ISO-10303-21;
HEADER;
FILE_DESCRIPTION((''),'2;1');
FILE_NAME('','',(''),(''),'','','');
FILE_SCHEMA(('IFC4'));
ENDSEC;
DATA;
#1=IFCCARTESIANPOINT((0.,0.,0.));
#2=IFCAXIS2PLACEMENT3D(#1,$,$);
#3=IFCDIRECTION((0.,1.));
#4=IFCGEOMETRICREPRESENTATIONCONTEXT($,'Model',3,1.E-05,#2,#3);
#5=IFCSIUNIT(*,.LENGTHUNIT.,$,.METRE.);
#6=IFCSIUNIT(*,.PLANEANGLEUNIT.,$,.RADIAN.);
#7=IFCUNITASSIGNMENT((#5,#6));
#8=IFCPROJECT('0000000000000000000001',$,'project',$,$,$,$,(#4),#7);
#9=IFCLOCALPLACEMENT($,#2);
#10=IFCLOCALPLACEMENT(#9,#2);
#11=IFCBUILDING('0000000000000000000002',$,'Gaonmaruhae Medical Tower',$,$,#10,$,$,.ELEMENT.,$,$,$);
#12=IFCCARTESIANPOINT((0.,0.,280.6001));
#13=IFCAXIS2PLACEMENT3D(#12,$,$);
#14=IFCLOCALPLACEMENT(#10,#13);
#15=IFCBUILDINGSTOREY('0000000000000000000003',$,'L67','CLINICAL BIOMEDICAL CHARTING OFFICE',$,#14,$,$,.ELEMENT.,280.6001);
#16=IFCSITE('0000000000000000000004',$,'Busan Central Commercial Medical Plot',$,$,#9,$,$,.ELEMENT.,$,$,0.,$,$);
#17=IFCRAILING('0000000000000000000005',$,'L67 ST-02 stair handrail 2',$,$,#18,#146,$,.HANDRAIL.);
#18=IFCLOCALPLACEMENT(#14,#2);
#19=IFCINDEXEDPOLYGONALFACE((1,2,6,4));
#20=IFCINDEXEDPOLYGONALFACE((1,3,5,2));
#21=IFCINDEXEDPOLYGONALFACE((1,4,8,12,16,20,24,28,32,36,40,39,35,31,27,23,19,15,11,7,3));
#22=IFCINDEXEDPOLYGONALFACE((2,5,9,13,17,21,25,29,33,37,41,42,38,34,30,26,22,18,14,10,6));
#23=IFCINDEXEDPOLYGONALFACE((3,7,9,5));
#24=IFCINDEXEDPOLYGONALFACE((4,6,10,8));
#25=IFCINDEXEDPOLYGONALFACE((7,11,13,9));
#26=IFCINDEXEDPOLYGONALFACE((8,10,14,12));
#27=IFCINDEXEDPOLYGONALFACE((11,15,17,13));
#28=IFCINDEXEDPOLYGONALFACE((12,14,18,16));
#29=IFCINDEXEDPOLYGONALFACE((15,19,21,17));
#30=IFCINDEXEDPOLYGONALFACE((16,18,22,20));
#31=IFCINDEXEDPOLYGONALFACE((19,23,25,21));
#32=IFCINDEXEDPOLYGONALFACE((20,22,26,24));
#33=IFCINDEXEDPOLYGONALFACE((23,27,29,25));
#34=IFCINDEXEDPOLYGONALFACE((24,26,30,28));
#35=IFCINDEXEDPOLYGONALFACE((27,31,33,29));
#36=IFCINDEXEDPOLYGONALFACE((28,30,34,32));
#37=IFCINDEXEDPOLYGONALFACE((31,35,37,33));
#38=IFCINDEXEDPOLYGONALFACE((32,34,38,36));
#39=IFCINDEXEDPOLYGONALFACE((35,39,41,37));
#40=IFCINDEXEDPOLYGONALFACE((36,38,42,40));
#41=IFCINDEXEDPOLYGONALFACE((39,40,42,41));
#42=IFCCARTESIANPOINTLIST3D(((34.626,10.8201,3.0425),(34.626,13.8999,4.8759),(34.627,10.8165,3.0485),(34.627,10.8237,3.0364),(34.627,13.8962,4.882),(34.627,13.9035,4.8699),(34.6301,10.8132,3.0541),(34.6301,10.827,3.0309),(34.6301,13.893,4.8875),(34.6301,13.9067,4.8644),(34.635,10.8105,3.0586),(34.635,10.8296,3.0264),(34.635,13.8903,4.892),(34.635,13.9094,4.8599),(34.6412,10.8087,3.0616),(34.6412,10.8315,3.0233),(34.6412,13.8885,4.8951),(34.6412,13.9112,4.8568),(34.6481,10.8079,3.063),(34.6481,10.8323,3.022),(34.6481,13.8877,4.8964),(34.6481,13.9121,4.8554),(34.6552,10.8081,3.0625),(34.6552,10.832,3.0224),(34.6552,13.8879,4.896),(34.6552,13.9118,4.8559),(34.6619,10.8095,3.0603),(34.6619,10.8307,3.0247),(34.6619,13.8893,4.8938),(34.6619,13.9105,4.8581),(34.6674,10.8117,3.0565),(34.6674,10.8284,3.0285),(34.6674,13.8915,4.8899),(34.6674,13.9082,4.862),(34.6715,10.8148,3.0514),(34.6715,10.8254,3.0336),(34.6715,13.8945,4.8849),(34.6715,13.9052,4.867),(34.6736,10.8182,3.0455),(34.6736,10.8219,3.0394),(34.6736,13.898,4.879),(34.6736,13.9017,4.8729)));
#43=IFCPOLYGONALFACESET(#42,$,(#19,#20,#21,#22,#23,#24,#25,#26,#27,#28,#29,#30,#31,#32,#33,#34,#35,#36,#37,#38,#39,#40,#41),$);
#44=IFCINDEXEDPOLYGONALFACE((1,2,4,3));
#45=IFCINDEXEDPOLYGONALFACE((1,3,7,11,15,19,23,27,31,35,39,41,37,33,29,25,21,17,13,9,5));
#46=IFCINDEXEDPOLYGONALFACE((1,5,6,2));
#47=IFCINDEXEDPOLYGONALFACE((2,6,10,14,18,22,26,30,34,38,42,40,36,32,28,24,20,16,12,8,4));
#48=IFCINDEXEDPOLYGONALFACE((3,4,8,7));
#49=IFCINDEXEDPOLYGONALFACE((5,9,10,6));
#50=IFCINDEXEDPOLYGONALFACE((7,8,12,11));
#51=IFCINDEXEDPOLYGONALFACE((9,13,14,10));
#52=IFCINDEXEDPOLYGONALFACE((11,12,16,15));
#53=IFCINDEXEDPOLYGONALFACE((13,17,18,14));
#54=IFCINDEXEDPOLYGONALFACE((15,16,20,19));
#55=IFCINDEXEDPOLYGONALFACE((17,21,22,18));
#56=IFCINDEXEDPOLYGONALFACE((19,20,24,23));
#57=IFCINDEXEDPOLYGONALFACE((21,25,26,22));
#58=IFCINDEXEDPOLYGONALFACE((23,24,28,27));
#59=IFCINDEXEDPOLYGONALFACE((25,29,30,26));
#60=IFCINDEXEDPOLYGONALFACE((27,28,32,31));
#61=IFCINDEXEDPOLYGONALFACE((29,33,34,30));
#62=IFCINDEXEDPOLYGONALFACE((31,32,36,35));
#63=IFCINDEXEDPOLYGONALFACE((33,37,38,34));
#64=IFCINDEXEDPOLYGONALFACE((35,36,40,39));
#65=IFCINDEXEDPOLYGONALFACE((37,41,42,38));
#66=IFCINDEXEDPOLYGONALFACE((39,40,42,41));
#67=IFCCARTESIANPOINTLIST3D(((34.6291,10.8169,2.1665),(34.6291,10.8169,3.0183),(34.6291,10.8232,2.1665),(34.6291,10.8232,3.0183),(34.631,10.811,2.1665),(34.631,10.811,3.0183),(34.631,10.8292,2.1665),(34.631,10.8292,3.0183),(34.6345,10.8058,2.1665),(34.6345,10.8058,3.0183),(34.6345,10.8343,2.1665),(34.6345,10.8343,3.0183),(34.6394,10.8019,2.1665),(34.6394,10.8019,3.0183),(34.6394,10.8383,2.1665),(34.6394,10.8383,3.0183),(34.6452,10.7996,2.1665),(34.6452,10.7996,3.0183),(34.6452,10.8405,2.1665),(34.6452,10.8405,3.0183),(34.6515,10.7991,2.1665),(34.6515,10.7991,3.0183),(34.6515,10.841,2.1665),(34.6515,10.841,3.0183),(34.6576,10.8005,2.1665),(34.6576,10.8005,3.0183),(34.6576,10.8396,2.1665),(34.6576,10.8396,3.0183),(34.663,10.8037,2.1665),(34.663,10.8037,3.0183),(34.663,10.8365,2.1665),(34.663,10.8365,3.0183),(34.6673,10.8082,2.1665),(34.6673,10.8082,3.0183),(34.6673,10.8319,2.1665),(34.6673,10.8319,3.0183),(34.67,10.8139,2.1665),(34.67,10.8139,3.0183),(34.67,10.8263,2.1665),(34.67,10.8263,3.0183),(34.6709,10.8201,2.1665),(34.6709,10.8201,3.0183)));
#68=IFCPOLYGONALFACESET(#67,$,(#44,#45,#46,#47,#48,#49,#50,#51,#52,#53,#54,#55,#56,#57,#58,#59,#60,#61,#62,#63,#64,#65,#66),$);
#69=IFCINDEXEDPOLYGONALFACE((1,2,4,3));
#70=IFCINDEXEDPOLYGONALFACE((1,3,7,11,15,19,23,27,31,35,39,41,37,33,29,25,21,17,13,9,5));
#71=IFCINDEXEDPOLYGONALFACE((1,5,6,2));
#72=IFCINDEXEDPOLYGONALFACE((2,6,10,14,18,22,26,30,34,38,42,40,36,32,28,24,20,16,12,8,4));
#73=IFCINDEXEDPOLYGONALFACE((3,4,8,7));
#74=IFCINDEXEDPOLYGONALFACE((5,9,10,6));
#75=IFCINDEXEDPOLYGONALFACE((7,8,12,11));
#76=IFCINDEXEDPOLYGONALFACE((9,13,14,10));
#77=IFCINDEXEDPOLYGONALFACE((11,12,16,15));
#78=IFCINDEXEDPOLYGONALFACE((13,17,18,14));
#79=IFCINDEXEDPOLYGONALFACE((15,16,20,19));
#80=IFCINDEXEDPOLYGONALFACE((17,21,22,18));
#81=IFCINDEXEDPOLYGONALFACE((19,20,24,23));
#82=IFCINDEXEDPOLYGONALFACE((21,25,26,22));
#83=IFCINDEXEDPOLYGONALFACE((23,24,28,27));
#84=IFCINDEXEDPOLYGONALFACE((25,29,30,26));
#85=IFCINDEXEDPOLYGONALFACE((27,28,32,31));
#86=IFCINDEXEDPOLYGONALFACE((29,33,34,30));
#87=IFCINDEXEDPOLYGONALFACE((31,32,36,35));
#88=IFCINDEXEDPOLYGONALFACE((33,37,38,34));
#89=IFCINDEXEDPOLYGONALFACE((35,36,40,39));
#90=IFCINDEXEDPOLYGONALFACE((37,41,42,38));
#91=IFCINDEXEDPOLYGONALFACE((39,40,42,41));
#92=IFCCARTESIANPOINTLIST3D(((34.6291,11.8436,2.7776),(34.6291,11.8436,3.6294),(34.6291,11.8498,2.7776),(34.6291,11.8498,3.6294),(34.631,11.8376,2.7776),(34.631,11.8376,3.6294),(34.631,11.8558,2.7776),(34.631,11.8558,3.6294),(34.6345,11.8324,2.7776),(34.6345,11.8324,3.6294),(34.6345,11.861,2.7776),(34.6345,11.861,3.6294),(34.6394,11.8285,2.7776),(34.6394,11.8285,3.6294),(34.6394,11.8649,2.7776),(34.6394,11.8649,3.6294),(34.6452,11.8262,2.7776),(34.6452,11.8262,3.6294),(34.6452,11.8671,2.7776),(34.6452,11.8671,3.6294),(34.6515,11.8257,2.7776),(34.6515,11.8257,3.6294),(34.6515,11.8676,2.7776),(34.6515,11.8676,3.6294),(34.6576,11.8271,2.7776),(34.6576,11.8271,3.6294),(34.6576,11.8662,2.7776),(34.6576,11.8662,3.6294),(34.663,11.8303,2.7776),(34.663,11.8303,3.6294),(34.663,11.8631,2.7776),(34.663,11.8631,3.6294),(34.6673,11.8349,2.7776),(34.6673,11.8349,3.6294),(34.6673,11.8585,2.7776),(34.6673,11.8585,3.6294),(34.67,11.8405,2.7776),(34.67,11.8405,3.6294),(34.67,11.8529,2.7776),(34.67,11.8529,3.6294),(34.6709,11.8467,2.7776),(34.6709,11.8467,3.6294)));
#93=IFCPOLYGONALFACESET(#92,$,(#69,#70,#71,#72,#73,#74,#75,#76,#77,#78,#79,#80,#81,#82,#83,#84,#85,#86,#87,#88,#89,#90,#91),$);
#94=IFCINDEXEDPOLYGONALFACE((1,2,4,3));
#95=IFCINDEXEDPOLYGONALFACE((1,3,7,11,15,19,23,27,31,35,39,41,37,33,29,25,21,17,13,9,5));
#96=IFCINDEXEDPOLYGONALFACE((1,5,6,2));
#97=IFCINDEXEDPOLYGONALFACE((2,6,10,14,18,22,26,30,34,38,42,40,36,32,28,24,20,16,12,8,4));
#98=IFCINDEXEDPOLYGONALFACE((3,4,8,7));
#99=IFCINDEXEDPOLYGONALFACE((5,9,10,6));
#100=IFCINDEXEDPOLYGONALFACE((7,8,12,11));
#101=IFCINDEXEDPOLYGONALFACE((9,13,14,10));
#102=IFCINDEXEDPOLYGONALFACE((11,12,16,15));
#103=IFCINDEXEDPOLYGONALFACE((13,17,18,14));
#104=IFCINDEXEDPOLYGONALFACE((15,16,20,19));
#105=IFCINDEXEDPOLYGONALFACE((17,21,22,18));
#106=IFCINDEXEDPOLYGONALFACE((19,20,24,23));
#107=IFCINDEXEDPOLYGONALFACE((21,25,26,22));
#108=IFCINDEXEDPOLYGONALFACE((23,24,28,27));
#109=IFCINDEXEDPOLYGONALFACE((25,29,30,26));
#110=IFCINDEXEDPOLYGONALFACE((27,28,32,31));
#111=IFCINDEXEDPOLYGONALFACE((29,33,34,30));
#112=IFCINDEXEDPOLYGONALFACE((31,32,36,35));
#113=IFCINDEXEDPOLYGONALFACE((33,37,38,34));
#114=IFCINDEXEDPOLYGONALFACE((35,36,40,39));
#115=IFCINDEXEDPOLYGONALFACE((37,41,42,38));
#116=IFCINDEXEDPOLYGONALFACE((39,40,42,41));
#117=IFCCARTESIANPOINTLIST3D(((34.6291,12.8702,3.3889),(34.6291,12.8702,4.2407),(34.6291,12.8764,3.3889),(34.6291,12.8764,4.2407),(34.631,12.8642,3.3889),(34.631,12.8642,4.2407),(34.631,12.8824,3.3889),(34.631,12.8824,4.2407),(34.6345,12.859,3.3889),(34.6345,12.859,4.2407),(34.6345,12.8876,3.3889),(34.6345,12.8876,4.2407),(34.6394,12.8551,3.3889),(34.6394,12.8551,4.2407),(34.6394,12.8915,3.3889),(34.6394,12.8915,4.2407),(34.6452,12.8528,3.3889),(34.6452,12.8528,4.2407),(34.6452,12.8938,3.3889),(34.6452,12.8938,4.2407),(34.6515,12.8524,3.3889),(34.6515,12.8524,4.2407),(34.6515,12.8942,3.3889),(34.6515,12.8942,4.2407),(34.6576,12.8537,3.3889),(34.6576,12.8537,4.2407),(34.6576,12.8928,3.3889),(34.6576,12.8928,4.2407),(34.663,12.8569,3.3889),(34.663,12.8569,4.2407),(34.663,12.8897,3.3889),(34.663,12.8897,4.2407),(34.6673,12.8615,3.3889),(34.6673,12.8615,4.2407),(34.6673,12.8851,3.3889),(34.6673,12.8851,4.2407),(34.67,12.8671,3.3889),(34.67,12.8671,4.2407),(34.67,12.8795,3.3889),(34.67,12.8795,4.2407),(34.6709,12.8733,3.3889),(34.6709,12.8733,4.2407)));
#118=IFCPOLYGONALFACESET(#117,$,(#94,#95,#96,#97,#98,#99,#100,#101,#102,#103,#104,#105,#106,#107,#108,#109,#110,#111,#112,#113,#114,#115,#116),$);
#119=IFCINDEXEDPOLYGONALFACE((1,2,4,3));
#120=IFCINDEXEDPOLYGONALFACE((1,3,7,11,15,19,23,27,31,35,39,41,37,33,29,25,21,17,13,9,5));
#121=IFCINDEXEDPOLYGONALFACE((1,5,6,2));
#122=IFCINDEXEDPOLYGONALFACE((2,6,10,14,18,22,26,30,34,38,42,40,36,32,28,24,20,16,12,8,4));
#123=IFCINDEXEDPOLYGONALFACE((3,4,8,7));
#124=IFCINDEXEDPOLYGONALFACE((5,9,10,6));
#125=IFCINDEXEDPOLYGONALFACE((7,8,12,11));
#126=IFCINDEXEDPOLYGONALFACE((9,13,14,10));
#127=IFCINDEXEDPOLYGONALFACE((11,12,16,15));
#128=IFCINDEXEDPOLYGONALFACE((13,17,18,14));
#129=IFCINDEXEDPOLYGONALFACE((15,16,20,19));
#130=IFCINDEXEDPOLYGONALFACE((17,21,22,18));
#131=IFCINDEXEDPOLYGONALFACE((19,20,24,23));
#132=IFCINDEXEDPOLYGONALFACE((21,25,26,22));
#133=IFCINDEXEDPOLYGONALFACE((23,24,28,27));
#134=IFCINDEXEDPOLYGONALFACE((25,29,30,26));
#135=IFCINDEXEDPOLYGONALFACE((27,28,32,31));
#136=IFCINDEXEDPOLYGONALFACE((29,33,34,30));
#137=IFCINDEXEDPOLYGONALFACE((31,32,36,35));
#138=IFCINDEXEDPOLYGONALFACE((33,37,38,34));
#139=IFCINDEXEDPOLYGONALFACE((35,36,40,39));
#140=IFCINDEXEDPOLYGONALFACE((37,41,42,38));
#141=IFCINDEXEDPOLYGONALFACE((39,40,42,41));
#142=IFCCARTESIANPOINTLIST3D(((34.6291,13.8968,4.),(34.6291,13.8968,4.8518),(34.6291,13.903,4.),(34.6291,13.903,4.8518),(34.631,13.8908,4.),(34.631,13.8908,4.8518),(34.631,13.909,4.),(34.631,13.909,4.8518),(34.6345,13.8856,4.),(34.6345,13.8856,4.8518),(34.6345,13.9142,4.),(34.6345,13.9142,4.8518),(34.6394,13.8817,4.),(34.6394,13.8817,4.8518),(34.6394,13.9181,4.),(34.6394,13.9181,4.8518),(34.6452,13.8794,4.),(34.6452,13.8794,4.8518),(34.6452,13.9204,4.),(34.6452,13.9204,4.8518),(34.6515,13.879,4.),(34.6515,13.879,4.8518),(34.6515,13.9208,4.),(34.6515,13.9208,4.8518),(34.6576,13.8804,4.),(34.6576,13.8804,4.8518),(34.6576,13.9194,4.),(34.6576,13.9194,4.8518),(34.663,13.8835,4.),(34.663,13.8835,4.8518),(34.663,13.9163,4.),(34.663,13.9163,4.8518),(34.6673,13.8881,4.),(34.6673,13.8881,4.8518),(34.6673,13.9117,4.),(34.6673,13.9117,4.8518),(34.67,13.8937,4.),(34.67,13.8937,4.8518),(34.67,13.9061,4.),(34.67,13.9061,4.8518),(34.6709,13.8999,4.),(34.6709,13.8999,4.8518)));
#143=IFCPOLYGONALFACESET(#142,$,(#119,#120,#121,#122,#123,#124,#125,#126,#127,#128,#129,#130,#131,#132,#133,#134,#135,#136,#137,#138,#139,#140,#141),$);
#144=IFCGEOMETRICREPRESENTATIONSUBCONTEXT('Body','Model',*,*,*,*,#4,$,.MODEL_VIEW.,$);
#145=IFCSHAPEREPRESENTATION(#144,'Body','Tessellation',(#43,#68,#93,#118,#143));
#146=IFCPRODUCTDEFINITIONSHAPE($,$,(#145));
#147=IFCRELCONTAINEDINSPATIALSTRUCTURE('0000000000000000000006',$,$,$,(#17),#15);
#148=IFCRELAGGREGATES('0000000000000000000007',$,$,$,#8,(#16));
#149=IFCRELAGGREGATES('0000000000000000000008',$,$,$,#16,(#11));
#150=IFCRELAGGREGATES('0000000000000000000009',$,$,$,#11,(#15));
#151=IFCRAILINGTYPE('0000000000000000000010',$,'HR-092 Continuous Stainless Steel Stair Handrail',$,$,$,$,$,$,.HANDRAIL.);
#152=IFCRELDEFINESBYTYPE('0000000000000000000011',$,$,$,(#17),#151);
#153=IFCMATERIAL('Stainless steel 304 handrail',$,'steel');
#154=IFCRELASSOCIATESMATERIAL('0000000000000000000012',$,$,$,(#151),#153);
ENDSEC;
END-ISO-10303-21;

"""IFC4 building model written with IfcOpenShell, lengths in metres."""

from ifc_helpers import new_model, si_unit, direction, frame, origin, origin_2d, place, context, subcontext, project, spatial, circle, extrude, material, type_object, element, save


model = new_model("IFC4")

# Units and contexts
model_context = context("Model", 3, precision=1e-05, world=origin(), true_north=direction((0.0, 1.0)))
body_context = subcontext(model_context, "Body", "Model", "MODEL_VIEW")
ifc_project = project(units=[si_unit("LENGTHUNIT", "METRE"), si_unit("PLANEANGLEUNIT", "RADIAN")], contexts=[model_context])

# Site, building, storey
site_placement = place(None, origin())
site = spatial("IfcSite", under=ifc_project, at=site_placement, Name="Busan Central Commercial Medical Plot", CompositionType="ELEMENT", RefElevation=0.0)
building_placement = place(site_placement, origin())
building = spatial("IfcBuilding", under=site, at=building_placement, Name="Gaonmaruhae Medical Tower", CompositionType="ELEMENT")
storey_placement = place(building_placement, frame((0.0, 0.0, 280.6001)))
storey = spatial("IfcBuildingStorey", under=building, at=storey_placement, Name="L67", Description="CLINICAL BIOMEDICAL CHARTING OFFICE", CompositionType="ELEMENT", Elevation=280.6001)

# Railing
ifc_material_1 = material(Name="Stainless steel 304 handrail", Category="steel")
railing_type_1 = type_object("IfcRailingType", Name="HR-092 Continuous Stainless Steel Stair Handrail", PredefinedType="HANDRAIL", material=ifc_material_1)
railing_1_placement = place(storey_placement, frame((34.6499, 10.8201, 2.1665)))
element("IfcRailing", 1, at=railing_1_placement, inside=storey, type_object=railing_type_1, Name="L67 ST-02 stair handrail 2", PredefinedType="HANDRAIL", context=body_context, shape_type="SweptSolid", body=[
    extrude(circle(Radius=0.0239, at=origin_2d()), frame((0.0, 0.0, 0.876), z_axis=(0.0, 0.859261, 0.511538), x_axis=(-1.0, 0.0, 0.0)), (0.0, 0.0, 1.0), 3.5842),
    extrude(circle(Radius=0.021, at=origin_2d()), origin(), (0.0, 0.0, 1.0), 0.8518),
    extrude(circle(Radius=0.021, at=origin_2d()), frame((0.0, 1.0266, 0.6111)), (0.0, 0.0, 1.0), 0.8518),
    extrude(circle(Radius=0.021, at=origin_2d()), frame((0.0, 2.0532, 1.2224)), (0.0, 0.0, 1.0), 0.8518),
    extrude(circle(Radius=0.021, at=origin_2d()), frame((0.0, 3.0798, 1.8335)), (0.0, 0.0, 1.0), 0.8518),
])

save(model, "model.ifc")
